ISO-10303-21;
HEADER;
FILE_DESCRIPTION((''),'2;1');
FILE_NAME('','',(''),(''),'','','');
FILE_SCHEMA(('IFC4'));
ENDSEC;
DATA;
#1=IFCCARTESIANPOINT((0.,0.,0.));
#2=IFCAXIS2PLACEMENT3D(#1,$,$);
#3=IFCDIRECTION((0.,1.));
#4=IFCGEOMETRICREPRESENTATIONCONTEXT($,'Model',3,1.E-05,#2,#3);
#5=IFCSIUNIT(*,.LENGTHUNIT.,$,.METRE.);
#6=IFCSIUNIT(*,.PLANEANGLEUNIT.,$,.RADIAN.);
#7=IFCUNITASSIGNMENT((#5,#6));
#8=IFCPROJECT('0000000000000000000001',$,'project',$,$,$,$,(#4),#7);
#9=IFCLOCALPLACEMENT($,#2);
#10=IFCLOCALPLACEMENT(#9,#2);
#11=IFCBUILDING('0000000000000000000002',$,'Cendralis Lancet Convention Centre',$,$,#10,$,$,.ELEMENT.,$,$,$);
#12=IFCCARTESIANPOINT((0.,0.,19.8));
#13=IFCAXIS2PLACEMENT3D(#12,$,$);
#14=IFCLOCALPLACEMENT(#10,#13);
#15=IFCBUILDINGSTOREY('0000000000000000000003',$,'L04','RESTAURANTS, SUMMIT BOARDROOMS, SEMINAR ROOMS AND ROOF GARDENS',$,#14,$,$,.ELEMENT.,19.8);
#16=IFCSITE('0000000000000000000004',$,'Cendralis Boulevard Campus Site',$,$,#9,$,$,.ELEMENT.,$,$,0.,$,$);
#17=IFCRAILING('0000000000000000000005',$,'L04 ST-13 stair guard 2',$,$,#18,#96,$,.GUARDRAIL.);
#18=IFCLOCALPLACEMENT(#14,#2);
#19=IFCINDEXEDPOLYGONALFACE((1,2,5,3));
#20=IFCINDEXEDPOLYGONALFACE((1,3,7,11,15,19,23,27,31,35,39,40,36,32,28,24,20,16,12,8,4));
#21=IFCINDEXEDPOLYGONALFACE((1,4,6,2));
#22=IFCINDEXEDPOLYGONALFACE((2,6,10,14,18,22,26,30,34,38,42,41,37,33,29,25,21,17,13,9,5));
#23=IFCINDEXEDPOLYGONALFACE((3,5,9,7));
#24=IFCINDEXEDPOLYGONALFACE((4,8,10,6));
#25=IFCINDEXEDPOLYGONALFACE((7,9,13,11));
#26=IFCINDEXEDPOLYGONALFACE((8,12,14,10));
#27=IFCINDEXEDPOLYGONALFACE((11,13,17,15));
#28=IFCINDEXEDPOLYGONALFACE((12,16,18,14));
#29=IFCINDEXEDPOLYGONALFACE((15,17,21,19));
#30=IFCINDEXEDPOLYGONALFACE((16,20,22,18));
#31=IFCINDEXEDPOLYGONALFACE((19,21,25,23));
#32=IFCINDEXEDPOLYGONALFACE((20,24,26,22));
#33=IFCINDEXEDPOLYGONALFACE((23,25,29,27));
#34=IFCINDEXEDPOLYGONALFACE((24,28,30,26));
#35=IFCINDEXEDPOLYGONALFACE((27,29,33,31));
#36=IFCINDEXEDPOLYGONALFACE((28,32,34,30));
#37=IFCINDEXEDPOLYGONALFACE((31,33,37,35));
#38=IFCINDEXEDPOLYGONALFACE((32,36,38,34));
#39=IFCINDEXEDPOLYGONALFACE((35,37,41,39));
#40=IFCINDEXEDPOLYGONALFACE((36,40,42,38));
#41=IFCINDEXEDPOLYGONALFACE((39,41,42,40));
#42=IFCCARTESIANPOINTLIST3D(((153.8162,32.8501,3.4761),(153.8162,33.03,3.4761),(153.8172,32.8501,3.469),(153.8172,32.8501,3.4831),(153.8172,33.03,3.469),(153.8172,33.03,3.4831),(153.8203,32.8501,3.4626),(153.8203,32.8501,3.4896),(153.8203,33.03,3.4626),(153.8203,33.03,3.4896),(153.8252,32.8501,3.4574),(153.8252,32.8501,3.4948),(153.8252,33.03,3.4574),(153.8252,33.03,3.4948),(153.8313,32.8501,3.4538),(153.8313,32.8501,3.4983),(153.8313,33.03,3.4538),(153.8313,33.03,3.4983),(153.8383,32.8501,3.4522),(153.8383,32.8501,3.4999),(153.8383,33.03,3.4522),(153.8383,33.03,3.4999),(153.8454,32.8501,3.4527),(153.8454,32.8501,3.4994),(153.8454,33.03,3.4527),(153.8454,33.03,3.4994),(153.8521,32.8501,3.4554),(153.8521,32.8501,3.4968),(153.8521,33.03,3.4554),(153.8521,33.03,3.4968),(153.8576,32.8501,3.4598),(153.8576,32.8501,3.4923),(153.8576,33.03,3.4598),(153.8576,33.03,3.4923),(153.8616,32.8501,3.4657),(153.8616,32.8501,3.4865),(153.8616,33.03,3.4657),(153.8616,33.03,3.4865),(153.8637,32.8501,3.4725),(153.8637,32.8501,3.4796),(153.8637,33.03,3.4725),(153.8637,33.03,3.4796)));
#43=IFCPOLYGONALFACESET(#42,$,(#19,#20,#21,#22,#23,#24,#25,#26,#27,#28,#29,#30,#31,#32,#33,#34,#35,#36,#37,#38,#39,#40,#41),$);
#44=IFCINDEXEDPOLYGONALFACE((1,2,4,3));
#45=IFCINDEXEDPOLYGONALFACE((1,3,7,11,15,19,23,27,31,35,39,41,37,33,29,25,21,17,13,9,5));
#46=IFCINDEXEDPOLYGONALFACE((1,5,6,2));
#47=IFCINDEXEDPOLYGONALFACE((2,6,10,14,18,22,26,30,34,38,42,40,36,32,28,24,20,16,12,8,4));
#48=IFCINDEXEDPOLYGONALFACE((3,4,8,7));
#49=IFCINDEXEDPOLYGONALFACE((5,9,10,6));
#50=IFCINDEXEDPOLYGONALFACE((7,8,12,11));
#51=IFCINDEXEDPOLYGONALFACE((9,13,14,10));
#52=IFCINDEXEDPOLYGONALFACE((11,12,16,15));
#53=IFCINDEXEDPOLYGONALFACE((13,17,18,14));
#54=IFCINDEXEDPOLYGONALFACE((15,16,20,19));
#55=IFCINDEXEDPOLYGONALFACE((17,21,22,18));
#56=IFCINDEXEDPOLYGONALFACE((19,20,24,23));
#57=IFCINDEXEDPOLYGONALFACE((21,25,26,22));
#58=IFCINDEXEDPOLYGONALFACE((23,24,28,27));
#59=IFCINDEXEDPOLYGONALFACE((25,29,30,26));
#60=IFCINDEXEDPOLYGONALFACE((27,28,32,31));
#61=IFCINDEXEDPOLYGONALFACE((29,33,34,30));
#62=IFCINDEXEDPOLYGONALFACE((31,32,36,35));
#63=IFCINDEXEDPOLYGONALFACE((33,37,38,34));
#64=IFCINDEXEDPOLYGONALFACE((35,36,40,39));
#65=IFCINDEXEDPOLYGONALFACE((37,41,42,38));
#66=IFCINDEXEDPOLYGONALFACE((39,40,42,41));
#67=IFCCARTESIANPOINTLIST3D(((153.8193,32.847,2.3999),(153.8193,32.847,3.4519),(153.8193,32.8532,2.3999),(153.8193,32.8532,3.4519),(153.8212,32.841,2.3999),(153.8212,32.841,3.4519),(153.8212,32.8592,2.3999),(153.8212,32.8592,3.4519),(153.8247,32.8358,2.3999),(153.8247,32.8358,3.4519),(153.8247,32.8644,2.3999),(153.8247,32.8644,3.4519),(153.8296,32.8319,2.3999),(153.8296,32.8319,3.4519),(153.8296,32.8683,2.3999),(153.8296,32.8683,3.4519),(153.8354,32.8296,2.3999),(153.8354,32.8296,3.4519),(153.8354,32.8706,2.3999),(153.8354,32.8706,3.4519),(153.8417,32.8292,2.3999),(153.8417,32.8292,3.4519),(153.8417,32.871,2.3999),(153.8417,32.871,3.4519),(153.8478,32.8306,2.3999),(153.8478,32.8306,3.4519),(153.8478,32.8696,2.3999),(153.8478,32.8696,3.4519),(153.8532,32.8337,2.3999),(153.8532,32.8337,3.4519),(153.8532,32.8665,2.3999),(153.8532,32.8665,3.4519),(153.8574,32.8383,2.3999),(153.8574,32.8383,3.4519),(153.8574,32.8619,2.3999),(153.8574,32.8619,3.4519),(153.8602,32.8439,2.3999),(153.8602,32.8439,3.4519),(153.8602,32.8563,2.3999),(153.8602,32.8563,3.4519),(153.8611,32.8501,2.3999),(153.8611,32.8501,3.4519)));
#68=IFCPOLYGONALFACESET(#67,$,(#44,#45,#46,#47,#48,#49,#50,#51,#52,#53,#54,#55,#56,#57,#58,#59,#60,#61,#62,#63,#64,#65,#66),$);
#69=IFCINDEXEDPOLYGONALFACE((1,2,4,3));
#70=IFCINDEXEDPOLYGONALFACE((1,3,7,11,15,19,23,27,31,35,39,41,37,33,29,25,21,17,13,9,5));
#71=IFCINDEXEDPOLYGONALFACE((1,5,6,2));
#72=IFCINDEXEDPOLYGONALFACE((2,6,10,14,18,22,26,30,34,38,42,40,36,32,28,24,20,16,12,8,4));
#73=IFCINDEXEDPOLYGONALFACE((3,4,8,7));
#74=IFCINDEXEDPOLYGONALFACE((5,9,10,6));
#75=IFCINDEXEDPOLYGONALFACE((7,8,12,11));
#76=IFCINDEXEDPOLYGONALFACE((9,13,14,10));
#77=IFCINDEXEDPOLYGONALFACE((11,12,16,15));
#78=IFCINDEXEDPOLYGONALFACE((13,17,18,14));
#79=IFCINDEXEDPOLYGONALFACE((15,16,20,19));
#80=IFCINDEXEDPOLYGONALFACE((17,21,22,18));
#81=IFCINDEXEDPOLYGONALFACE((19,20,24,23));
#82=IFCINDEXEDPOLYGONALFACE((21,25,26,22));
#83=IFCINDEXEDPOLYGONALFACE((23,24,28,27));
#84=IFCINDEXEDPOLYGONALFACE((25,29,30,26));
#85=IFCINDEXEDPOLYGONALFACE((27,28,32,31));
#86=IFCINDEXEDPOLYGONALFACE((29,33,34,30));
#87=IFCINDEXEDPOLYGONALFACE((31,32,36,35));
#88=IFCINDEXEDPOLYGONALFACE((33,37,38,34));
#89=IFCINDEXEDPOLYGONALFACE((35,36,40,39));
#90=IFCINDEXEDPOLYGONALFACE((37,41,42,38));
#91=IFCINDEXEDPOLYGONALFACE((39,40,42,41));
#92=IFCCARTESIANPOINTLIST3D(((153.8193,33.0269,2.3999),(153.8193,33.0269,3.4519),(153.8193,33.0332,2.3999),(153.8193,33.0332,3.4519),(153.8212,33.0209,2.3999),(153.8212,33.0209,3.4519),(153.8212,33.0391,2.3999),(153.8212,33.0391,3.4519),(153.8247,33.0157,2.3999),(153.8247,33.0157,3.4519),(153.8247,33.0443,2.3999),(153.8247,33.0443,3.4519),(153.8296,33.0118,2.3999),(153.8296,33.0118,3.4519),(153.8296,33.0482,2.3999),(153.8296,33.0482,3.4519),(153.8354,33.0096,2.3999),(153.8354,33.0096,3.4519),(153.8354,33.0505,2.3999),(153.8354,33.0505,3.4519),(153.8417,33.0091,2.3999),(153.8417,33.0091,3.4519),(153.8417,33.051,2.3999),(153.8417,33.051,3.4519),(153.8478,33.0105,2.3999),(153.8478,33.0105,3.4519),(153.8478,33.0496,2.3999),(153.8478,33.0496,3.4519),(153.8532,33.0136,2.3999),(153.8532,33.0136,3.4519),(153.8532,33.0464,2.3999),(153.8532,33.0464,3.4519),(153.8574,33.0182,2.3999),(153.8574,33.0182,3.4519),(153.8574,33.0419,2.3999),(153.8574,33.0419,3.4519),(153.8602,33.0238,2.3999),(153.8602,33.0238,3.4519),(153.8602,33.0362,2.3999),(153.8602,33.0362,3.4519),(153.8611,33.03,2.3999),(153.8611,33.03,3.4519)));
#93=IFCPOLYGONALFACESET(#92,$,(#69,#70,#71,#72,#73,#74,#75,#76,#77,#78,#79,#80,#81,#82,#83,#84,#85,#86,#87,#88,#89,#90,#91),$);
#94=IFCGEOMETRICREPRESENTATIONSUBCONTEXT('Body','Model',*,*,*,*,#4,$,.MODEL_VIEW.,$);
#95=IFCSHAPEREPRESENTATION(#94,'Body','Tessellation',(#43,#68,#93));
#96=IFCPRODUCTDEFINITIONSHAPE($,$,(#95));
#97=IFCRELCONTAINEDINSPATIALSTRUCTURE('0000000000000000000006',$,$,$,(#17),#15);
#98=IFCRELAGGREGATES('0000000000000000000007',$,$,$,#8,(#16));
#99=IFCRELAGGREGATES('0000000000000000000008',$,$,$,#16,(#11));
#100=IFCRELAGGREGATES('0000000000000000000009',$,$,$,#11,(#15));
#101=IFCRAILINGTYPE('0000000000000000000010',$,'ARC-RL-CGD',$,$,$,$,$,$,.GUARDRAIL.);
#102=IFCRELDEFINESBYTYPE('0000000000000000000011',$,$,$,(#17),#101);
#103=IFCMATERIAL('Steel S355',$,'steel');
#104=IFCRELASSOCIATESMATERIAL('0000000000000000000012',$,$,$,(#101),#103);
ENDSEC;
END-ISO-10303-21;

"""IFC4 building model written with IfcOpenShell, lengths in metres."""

from ifc_helpers import new_model, si_unit, direction, frame, origin, origin_2d, place, context, subcontext, project, spatial, circle, extrude, material, type_object, element, save


model = new_model("IFC4")

# Units and contexts
model_context = context("Model", 3, precision=1e-05, world=origin(), true_north=direction((0.0, 1.0)))
body_context = subcontext(model_context, "Body", "Model", "MODEL_VIEW")
ifc_project = project(units=[si_unit("LENGTHUNIT", "METRE"), si_unit("PLANEANGLEUNIT", "RADIAN")], contexts=[model_context])

# Site, building, storey
site_placement = place(None, origin())
site = spatial("IfcSite", under=ifc_project, at=site_placement, Name="Cendralis Boulevard Campus Site", CompositionType="ELEMENT", RefElevation=0.0)
building_placement = place(site_placement, origin())
building = spatial("IfcBuilding", under=site, at=building_placement, Name="Cendralis Lancet Convention Centre", CompositionType="ELEMENT")
storey_placement = place(building_placement, frame((0.0, 0.0, 19.8)))
storey = spatial("IfcBuildingStorey", under=building, at=storey_placement, Name="L04", Description="RESTAURANTS, SUMMIT BOARDROOMS, SEMINAR ROOMS AND ROOF GARDENS", CompositionType="ELEMENT", Elevation=19.8)

# Shared definitions
ifc_material_1 = material(Name="Steel S355", Category="steel")

# Railing
railing_type_1 = type_object("IfcRailingType", Name="ARC-RL-CGD", PredefinedType="GUARDRAIL", material=ifc_material_1)
railing_1_placement = place(storey_placement, frame((153.8401, 32.8501, 2.3999)))
element("IfcRailing", 1, at=railing_1_placement, inside=storey, type_object=railing_type_1, Name="L04 ST-13 stair guard 2", PredefinedType="GUARDRAIL", context=body_context, shape_type="SweptSolid", body=[
    extrude(circle(Radius=0.0239, at=origin_2d()), frame((0.0, 0.0, 1.0762), z_axis=(0.0, 1.0, 0.0), x_axis=(-1.0, 0.0, 0.0)), (0.0, 0.0, 1.0), 0.1799),
    extrude(circle(Radius=0.021, at=origin_2d()), origin(), (0.0, 0.0, 1.0), 1.052),
    extrude(circle(Radius=0.021, at=origin_2d()), frame((0.0, 0.1799, 0.0)), (0.0, 0.0, 1.0), 1.052),
])

save(model, "model.ifc")
